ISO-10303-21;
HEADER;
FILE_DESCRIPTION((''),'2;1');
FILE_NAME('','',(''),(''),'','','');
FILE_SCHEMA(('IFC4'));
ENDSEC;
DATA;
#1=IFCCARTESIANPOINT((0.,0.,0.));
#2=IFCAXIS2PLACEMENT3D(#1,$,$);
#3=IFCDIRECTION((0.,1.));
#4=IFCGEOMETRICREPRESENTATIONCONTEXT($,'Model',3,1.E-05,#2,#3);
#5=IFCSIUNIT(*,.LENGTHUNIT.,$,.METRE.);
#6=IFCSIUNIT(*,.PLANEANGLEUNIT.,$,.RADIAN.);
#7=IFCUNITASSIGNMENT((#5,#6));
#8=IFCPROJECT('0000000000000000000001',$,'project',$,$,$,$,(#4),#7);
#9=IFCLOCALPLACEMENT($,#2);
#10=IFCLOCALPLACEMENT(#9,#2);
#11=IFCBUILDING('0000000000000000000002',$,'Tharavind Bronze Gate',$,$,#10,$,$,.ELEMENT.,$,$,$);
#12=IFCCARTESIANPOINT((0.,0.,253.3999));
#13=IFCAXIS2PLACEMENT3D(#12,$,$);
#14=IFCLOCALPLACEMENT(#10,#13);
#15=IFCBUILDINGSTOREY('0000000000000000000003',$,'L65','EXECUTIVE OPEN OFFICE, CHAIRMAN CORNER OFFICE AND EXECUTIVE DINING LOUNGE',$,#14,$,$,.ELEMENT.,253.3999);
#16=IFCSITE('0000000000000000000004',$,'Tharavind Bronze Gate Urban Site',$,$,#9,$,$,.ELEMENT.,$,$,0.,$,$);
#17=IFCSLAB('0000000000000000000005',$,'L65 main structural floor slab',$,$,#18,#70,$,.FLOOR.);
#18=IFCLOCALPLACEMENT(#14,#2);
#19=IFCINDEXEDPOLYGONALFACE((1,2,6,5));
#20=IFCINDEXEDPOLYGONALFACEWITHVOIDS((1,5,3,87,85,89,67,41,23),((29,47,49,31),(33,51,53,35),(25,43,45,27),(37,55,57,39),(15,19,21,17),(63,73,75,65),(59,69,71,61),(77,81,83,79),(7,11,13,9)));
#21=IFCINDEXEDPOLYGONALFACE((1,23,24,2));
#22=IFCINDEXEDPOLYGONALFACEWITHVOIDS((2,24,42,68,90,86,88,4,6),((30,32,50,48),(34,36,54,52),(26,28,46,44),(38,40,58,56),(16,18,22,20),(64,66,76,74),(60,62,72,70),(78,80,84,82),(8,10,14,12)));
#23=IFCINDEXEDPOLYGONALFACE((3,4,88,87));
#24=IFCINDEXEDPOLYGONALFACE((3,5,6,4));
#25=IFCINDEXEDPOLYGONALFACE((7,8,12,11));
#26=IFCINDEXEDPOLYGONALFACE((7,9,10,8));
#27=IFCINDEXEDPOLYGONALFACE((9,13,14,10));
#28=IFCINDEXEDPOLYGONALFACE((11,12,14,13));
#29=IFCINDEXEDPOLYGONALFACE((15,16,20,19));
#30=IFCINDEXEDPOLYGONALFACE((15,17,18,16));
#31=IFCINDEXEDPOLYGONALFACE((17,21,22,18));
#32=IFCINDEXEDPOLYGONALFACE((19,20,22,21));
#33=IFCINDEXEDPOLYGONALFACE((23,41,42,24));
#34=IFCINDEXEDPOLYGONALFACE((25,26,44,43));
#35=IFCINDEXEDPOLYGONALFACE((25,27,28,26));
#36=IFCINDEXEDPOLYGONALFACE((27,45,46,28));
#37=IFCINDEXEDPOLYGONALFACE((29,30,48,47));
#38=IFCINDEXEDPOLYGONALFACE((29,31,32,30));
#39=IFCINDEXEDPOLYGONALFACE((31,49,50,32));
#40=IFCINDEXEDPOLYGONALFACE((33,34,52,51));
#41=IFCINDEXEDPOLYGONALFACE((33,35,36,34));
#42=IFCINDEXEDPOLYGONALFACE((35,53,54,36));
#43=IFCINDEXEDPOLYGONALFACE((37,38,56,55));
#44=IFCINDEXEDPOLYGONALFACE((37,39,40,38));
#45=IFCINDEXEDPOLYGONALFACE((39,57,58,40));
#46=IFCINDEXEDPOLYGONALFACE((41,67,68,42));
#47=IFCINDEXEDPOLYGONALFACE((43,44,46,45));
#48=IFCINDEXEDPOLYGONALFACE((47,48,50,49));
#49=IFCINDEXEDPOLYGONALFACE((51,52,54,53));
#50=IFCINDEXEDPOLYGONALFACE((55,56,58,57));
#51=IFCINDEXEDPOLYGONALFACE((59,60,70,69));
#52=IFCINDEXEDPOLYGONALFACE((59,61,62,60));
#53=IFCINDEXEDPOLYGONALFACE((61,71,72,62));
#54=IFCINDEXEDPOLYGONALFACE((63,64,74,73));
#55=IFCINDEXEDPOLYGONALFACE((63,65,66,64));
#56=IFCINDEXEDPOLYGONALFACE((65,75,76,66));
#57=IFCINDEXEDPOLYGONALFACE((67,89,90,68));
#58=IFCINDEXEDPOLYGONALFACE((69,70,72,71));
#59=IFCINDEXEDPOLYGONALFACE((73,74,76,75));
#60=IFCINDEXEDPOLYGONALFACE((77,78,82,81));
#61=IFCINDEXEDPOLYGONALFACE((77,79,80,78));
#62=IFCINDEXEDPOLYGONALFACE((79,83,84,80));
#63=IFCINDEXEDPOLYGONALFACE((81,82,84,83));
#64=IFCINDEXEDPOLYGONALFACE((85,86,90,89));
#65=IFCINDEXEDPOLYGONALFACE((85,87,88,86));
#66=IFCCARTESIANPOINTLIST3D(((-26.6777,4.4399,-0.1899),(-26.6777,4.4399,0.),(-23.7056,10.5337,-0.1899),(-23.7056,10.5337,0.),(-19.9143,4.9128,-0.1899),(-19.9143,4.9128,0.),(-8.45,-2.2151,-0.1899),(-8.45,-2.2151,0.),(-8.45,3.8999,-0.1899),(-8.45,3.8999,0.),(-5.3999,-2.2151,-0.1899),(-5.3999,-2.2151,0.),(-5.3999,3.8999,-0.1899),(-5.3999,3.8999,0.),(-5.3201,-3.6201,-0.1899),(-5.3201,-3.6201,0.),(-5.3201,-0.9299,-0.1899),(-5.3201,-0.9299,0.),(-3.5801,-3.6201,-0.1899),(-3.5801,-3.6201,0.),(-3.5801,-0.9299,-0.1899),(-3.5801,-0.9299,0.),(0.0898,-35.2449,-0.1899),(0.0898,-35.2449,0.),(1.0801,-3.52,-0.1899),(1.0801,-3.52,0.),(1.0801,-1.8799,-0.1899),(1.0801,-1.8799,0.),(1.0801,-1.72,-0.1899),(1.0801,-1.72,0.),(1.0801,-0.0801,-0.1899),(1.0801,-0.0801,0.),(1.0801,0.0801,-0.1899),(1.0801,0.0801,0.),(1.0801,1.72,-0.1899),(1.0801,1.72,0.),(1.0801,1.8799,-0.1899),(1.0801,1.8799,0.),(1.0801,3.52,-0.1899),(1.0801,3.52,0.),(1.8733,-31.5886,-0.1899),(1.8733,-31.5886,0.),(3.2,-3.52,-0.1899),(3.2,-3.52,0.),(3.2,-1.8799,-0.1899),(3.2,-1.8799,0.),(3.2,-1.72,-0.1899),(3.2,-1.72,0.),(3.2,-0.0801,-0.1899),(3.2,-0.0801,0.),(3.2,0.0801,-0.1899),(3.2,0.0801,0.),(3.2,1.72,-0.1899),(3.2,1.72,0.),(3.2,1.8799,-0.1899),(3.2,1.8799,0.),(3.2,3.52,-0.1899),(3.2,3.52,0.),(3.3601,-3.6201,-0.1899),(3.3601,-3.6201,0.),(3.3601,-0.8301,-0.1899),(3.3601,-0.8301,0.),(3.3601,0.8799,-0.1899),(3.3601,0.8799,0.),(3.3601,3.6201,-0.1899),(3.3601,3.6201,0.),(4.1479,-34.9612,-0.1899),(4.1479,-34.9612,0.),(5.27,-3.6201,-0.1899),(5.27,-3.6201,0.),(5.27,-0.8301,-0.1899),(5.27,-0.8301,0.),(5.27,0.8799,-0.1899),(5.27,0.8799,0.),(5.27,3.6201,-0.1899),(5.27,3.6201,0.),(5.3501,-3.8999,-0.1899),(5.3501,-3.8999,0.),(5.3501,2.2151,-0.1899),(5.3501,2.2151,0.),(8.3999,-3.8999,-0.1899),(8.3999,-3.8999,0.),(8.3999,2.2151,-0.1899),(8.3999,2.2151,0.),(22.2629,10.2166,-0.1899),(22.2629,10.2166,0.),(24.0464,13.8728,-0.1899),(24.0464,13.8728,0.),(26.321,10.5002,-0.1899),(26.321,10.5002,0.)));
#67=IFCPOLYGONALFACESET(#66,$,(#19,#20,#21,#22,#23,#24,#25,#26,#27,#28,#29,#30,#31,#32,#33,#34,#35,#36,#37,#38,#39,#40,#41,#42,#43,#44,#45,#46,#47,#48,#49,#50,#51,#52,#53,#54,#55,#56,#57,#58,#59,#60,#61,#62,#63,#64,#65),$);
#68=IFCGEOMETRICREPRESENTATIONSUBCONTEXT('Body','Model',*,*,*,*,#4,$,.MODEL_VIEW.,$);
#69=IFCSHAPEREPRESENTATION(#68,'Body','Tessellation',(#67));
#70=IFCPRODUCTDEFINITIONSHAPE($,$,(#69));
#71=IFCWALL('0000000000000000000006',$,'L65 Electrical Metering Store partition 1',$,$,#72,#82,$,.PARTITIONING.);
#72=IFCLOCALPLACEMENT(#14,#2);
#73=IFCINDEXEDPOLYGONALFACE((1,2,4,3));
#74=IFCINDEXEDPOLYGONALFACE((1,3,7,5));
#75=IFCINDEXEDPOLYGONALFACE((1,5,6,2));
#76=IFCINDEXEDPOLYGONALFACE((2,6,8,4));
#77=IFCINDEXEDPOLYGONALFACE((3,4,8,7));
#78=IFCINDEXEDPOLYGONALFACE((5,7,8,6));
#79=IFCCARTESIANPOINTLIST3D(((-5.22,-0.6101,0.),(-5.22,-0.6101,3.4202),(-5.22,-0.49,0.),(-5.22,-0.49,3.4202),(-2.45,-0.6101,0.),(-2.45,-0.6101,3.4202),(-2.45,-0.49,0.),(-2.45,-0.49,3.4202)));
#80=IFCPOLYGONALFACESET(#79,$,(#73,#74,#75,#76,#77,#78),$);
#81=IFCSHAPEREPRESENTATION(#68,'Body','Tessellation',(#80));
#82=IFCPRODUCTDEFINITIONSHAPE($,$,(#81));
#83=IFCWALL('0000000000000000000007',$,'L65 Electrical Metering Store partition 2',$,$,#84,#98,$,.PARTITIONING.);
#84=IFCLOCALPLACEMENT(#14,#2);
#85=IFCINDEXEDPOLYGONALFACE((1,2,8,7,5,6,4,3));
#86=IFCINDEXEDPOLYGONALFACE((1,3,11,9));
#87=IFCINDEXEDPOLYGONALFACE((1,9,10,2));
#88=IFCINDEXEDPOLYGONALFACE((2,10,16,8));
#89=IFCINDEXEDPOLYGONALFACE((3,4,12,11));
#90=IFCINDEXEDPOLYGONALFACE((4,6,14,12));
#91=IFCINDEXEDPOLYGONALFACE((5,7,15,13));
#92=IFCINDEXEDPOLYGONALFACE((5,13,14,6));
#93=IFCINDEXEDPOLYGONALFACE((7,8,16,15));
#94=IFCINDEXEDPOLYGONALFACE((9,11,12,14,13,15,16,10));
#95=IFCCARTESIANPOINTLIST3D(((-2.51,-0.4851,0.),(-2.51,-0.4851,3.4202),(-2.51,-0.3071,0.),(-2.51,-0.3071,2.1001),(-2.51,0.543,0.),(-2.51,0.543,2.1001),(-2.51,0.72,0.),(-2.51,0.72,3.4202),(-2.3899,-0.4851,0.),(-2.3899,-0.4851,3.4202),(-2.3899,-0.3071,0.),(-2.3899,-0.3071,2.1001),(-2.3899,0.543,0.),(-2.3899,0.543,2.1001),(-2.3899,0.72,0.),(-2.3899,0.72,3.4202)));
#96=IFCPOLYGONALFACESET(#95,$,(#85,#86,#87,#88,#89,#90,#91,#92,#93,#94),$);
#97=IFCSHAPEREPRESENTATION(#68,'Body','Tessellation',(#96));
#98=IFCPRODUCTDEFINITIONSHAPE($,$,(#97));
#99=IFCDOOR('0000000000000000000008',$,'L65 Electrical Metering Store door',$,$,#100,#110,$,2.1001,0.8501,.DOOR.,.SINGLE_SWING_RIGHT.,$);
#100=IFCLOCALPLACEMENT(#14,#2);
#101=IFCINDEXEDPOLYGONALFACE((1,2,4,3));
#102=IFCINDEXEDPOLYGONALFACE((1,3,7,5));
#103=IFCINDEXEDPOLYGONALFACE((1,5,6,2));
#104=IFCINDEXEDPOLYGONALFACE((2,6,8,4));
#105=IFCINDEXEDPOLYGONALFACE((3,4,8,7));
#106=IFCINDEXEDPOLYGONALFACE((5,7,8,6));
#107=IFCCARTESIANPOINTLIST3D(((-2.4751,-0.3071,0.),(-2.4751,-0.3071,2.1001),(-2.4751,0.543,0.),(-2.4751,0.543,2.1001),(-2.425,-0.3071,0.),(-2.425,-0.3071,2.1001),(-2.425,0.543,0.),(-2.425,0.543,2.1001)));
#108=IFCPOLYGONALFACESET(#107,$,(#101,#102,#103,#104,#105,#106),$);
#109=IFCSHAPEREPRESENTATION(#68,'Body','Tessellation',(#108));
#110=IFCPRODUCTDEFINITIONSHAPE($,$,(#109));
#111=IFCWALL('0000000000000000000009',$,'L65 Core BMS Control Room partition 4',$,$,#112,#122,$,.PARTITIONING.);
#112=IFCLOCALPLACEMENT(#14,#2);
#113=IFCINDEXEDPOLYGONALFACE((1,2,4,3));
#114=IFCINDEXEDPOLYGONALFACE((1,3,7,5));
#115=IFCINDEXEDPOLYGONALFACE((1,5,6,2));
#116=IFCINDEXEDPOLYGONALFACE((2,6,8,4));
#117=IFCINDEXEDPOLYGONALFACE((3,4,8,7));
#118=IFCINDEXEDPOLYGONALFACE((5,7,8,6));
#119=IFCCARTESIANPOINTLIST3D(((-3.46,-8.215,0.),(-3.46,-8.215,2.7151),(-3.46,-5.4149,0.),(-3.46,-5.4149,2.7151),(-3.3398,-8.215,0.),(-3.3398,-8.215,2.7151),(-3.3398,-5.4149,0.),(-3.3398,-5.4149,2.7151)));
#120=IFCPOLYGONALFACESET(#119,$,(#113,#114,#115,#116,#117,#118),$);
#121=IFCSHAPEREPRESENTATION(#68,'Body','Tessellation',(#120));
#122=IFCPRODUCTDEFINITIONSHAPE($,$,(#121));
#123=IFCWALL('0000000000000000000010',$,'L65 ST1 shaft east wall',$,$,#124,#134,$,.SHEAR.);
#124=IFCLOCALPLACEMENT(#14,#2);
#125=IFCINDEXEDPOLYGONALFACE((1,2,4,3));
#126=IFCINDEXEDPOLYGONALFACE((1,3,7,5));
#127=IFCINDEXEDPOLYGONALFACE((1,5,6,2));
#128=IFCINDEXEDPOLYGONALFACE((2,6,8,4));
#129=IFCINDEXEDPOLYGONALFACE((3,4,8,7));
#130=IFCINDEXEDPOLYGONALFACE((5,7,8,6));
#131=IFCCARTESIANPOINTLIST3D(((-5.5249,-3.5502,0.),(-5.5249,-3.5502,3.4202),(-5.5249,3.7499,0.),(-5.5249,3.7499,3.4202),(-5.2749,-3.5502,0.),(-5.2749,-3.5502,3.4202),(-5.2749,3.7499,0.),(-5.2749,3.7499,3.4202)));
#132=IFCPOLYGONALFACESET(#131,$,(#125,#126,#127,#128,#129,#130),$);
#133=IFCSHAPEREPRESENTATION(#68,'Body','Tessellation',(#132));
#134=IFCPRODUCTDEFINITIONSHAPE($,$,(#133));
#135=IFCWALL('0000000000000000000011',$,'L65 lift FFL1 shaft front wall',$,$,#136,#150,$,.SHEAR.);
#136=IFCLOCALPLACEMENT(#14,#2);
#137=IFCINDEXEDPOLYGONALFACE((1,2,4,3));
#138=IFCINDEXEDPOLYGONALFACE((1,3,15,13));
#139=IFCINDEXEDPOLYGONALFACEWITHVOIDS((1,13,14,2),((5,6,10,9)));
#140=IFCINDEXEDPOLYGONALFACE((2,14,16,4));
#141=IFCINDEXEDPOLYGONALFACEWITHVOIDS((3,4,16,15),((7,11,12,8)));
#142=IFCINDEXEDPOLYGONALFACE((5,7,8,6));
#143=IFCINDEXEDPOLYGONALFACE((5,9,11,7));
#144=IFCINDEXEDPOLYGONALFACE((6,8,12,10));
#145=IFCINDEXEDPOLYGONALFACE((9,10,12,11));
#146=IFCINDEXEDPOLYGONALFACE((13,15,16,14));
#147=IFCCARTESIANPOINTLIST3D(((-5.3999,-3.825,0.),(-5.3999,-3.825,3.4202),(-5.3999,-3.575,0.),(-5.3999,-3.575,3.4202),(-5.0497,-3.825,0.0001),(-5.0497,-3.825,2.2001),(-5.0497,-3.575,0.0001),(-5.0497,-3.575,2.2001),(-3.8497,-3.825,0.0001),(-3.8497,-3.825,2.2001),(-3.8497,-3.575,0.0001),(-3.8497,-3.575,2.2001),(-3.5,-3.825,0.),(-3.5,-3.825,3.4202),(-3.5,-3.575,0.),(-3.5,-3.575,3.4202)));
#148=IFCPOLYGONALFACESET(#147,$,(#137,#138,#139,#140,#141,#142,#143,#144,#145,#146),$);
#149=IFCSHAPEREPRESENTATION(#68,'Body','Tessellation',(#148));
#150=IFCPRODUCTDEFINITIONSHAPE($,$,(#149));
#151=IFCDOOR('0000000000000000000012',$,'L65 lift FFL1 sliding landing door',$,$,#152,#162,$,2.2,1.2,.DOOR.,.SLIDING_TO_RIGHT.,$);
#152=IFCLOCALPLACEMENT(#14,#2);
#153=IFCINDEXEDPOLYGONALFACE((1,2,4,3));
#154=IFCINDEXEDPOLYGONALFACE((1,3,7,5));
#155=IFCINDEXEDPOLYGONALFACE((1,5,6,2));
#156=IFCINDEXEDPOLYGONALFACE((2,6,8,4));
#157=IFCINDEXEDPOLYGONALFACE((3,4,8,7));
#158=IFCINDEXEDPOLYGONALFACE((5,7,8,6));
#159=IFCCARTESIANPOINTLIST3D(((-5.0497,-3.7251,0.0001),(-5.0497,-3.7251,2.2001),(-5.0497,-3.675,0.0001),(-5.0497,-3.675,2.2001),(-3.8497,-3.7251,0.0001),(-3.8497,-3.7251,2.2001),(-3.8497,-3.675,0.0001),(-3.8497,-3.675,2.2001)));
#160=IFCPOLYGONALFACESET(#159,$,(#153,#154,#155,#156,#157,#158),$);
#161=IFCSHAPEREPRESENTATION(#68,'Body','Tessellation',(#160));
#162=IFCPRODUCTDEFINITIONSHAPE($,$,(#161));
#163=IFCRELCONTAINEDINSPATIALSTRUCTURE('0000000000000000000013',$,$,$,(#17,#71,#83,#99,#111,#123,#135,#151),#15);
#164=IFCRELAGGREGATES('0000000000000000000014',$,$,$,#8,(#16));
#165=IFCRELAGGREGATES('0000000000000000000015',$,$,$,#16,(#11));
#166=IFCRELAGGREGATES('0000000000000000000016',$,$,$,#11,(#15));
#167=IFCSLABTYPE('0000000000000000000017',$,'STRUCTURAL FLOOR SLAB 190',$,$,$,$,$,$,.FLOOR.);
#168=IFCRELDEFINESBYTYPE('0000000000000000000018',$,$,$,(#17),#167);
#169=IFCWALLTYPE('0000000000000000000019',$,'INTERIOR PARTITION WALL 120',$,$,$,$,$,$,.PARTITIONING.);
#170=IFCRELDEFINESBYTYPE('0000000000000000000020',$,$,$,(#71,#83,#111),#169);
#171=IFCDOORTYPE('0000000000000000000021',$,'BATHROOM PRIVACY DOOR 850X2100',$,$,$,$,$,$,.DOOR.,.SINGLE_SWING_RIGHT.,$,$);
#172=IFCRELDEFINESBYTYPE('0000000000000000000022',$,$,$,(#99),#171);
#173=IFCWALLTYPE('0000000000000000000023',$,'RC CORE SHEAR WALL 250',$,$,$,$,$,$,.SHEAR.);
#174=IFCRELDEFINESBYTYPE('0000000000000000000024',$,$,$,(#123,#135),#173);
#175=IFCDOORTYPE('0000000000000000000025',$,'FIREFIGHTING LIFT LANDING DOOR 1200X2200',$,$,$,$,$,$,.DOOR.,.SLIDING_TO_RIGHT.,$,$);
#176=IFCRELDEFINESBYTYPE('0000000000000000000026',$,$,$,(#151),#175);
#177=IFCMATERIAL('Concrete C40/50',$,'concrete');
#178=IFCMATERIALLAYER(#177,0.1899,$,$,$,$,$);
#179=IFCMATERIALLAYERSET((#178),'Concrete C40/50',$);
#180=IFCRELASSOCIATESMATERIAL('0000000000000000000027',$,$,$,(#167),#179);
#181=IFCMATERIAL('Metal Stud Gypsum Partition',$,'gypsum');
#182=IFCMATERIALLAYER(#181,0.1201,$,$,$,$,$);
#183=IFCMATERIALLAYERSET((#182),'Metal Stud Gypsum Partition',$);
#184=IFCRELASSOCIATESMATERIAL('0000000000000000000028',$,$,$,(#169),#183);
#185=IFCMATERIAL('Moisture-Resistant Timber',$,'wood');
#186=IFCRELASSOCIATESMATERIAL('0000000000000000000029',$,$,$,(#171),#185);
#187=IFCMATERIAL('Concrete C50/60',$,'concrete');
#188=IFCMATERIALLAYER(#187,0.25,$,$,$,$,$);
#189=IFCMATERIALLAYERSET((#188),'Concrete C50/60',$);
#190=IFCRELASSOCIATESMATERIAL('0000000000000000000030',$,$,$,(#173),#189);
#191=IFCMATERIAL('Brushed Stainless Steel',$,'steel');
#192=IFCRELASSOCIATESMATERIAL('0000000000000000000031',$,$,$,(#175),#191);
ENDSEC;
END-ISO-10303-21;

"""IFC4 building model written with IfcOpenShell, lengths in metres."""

from ifc_helpers import new_model, si_unit, direction, frame, frame_2d, origin, place, context, subcontext, project, spatial, polyline, rectangle, outline, extrude, material, layer, layer_set, type_object, element, fill, save


model = new_model("IFC4")

# Units and contexts
model_context = context("Model", 3, precision=1e-05, world=origin(), true_north=direction((0.0, 1.0)))
body_context = subcontext(model_context, "Body", "Model", "MODEL_VIEW")
ifc_project = project(units=[si_unit("LENGTHUNIT", "METRE"), si_unit("PLANEANGLEUNIT", "RADIAN")], contexts=[model_context])

# Site, building, storey
site_placement = place(None, origin())
site = spatial("IfcSite", under=ifc_project, at=site_placement, Name="Tharavind Bronze Gate Urban Site", CompositionType="ELEMENT", RefElevation=0.0)
building_placement = place(site_placement, origin())
building = spatial("IfcBuilding", under=site, at=building_placement, Name="Tharavind Bronze Gate", CompositionType="ELEMENT")
storey_placement = place(building_placement, frame((0.0, 0.0, 253.3999)))
storey = spatial("IfcBuildingStorey", under=building, at=storey_placement, Name="L65", Description="EXECUTIVE OPEN OFFICE, CHAIRMAN CORNER OFFICE AND EXECUTIVE DINING LOUNGE", CompositionType="ELEMENT", Elevation=253.3999)

# Shared definitions
ifc_material_1 = material(Name="Concrete C50/60", Category="concrete")

# Shared definitions
ifc_material_2 = material(Name="Concrete C40/50", Category="concrete")

# Slab
ifc_layer_1 = layer(ifc_material_2, 0.1899)
ifc_layer_set_1 = layer_set([ifc_layer_1], Name="Concrete C40/50")
slab_type_1 = type_object("IfcSlabType", Name="STRUCTURAL FLOOR SLAB 190", PredefinedType="FLOOR", material=ifc_layer_set_1)
slab_1_placement = place(storey_placement, frame((0.0, 0.0, -0.1899)))
element("IfcSlab", 1, at=slab_1_placement, inside=storey, type_object=slab_type_1, Name="L65 main structural floor slab", PredefinedType="FLOOR", context=body_context, shape_type="SweptSolid", body=[
    extrude(outline(polyline([(-23.7056, 10.5337), (-19.9143, 4.9128), (-26.6777, 4.4399), (0.0898, -35.2449), (1.8733, -31.5886), (4.1479, -34.9612), (26.321, 10.5002), (22.2629, 10.2166), (24.0464, 13.8728), (-23.7056, 10.5337)]), holes=[polyline([(-5.3999, -2.2151), (-5.3999, 3.8999), (-8.45, 3.8999), (-8.45, -2.2151), (-5.3999, -2.2151)]), polyline([(5.3501, 2.2151), (5.3501, -3.8999), (8.3999, -3.8999), (8.3999, 2.2151), (5.3501, 2.2151)]), polyline([(1.0801, -3.52), (3.2, -3.52), (3.2, -1.8799), (1.0801, -1.8799), (1.0801, -3.52)]), polyline([(1.0801, -1.72), (3.2, -1.72), (3.2, -0.0801), (1.0801, -0.0801), (1.0801, -1.72)]), polyline([(1.0801, 0.0801), (3.2, 0.0801), (3.2, 1.72), (1.0801, 1.72), (1.0801, 0.0801)]), polyline([(1.0801, 1.8799), (3.2, 1.8799), (3.2, 3.52), (1.0801, 3.52), (1.0801, 1.8799)]), polyline([(-5.3201, -3.6201), (-3.5801, -3.6201), (-3.5801, -0.9299), (-5.3201, -0.9299), (-5.3201, -3.6201)]), polyline([(3.3601, 0.8799), (5.27, 0.8799), (5.27, 3.6201), (3.3601, 3.6201), (3.3601, 0.8799)]), polyline([(3.3601, -3.6201), (5.27, -3.6201), (5.27, -0.8301), (3.3601, -0.8301), (3.3601, -3.6201)])]), origin(), (0.0, 0.0, 1.0), 0.1899),
])

# Wall
ifc_material_3 = material(Name="Metal Stud Gypsum Partition", Category="gypsum")
ifc_layer_2 = layer(ifc_material_3, 0.1201)
ifc_layer_set_2 = layer_set([ifc_layer_2], Name="Metal Stud Gypsum Partition")
wall_type_1 = type_object("IfcWallType", Name="INTERIOR PARTITION WALL 120", PredefinedType="PARTITIONING", material=ifc_layer_set_2)
wall_1_placement = place(storey_placement, frame((-5.22, -0.55, 0.0), z_axis=(0.0, 0.0, 1.0), x_axis=(1.0, 0.0, 0.0)))
element("IfcWall", 2, at=wall_1_placement, inside=storey, type_object=wall_type_1, Name="L65 Electrical Metering Store partition 1", PredefinedType="PARTITIONING", context=body_context, shape_type="SweptSolid", body=[
    extrude(rectangle(XDim=2.77, YDim=0.1201, at=frame_2d((1.385, 0.0))), origin(), (0.0, 0.0, 1.0), 3.4202),
])

# Wall, opening, door
wall_2_placement = place(storey_placement, frame((-2.45, -0.4851, 0.0), z_axis=(0.0, 0.0, 1.0), x_axis=(0.0, 1.0, 0.0)))
wall_2 = element("IfcWall", 3, at=wall_2_placement, inside=storey, type_object=wall_type_1, Name="L65 Electrical Metering Store partition 2", PredefinedType="PARTITIONING", context=body_context, shape_type="SweptSolid", body=[
    extrude(rectangle(XDim=1.2051, YDim=0.1201, at=frame_2d((0.6025, 0.0))), origin(), (0.0, 0.0, 1.0), 3.4202),
])
opening_1_placement = place(wall_2_placement, frame((0.178, 0.0, 0.0)))
opening_1 = element("IfcOpeningElement", 4, at=opening_1_placement, cuts=wall_2, PredefinedType="OPENING", context=body_context, shape_type="SweptSolid", body=[
    extrude(rectangle(XDim=0.8501, YDim=2.1001, at=frame_2d((0.425, 1.05))), frame((0.0, 0.0701, 0.0), z_axis=(0.0, -1.0, 0.0), x_axis=(1.0, 0.0, 0.0)), (0.0, 0.0, 1.0), 0.1401),
])
ifc_material_4 = material(Name="Moisture-Resistant Timber", Category="wood")
door_type_1 = type_object("IfcDoorType", Name="BATHROOM PRIVACY DOOR 850X2100", OperationType="SINGLE_SWING_RIGHT", PredefinedType="DOOR", material=ifc_material_4)
door_1_placement = place(opening_1_placement, frame((0.8501, 0.0, 0.0), z_axis=(0.0, 0.0, 1.0), x_axis=(-1.0, 0.0, 0.0)))
door_1 = element("IfcDoor", 5, at=door_1_placement, inside=storey, type_object=door_type_1, Name="L65 Electrical Metering Store door", OperationType="SINGLE_SWING_RIGHT", OverallHeight=2.1001, OverallWidth=0.8501, PredefinedType="DOOR", context=body_context, shape_type="SweptSolid", body=[
    extrude(rectangle(XDim=0.8501, YDim=2.1001, at=frame_2d((0.425, 1.05))), frame((0.0, 0.0249, 0.0), z_axis=(0.0, -1.0, 0.0), x_axis=(1.0, 0.0, 0.0)), (0.0, 0.0, 1.0), 0.05),
])
fill(opening_1, door_1)

# Walls
wall_3_placement = place(storey_placement, frame((-3.3999, -5.415, 0.0), z_axis=(0.0, 0.0, 1.0), x_axis=(0.0, -1.0, 0.0)))
element("IfcWall", 6, at=wall_3_placement, inside=storey, type_object=wall_type_1, Name="L65 Core BMS Control Room partition 4", PredefinedType="PARTITIONING", context=body_context, shape_type="SweptSolid", body=[
    extrude(rectangle(XDim=2.8, YDim=0.1201, at=frame_2d((1.3999, 0.0))), origin(), (0.0, 0.0, 1.0), 2.7151),
])
ifc_layer_3 = layer(ifc_material_1, 0.25)
ifc_layer_set_3 = layer_set([ifc_layer_3], Name="Concrete C50/60")
wall_type_2 = type_object("IfcWallType", Name="RC CORE SHEAR WALL 250", PredefinedType="SHEAR", material=ifc_layer_set_3)
wall_4_placement = place(storey_placement, frame((-5.3999, -3.55, 0.0), z_axis=(0.0, 0.0, 1.0), x_axis=(0.0, 1.0, 0.0)))
element("IfcWall", 7, at=wall_4_placement, inside=storey, type_object=wall_type_2, Name="L65 ST1 shaft east wall", PredefinedType="SHEAR", context=body_context, shape_type="SweptSolid", body=[
    extrude(rectangle(XDim=7.3, YDim=0.25, at=frame_2d((3.6499, 0.0))), origin(), (0.0, 0.0, 1.0), 3.4202),
])

# Wall, opening, door
wall_5_placement = place(storey_placement, frame((-5.3999, -3.7, 0.0), z_axis=(0.0, 0.0, 1.0), x_axis=(1.0, 0.0, 0.0)))
wall_5 = element("IfcWall", 8, at=wall_5_placement, inside=storey, type_object=wall_type_2, Name="L65 lift FFL1 shaft front wall", PredefinedType="SHEAR", context=body_context, shape_type="SweptSolid", body=[
    extrude(rectangle(XDim=1.8999, YDim=0.25, at=frame_2d((0.95, 0.0))), origin(), (0.0, 0.0, 1.0), 3.4202),
])
opening_2_placement = place(wall_5_placement, frame((0.3501, 0.0, 0.0)))
opening_2 = element("IfcOpeningElement", 9, at=opening_2_placement, cuts=wall_5, PredefinedType="OPENING", context=body_context, shape_type="SweptSolid", body=[
    extrude(rectangle(XDim=1.2, YDim=2.2, at=frame_2d((0.6001, 1.1001))), frame((0.0, 0.135, 0.0), z_axis=(0.0, -1.0, 0.0), x_axis=(1.0, 0.0, 0.0)), (0.0, 0.0, 1.0), 0.27),
])
ifc_material_5 = material(Name="Brushed Stainless Steel", Category="steel")
door_type_2 = type_object("IfcDoorType", Name="FIREFIGHTING LIFT LANDING DOOR 1200X2200", OperationType="SLIDING_TO_RIGHT", PredefinedType="DOOR", material=ifc_material_5)
door_2_placement = place(opening_2_placement, origin())
door_2 = element("IfcDoor", 10, at=door_2_placement, inside=storey, type_object=door_type_2, Name="L65 lift FFL1 sliding landing door", OperationType="SLIDING_TO_RIGHT", OverallHeight=2.2, OverallWidth=1.2, PredefinedType="DOOR", context=body_context, shape_type="SweptSolid", body=[
    extrude(rectangle(XDim=1.2, YDim=2.2, at=frame_2d((0.6001, 1.1001))), frame((0.0, 0.0249, 0.0), z_axis=(0.0, -1.0, 0.0), x_axis=(1.0, 0.0, 0.0)), (0.0, 0.0, 1.0), 0.05),
])
fill(opening_2, door_2)

save(model, "model.ifc")
